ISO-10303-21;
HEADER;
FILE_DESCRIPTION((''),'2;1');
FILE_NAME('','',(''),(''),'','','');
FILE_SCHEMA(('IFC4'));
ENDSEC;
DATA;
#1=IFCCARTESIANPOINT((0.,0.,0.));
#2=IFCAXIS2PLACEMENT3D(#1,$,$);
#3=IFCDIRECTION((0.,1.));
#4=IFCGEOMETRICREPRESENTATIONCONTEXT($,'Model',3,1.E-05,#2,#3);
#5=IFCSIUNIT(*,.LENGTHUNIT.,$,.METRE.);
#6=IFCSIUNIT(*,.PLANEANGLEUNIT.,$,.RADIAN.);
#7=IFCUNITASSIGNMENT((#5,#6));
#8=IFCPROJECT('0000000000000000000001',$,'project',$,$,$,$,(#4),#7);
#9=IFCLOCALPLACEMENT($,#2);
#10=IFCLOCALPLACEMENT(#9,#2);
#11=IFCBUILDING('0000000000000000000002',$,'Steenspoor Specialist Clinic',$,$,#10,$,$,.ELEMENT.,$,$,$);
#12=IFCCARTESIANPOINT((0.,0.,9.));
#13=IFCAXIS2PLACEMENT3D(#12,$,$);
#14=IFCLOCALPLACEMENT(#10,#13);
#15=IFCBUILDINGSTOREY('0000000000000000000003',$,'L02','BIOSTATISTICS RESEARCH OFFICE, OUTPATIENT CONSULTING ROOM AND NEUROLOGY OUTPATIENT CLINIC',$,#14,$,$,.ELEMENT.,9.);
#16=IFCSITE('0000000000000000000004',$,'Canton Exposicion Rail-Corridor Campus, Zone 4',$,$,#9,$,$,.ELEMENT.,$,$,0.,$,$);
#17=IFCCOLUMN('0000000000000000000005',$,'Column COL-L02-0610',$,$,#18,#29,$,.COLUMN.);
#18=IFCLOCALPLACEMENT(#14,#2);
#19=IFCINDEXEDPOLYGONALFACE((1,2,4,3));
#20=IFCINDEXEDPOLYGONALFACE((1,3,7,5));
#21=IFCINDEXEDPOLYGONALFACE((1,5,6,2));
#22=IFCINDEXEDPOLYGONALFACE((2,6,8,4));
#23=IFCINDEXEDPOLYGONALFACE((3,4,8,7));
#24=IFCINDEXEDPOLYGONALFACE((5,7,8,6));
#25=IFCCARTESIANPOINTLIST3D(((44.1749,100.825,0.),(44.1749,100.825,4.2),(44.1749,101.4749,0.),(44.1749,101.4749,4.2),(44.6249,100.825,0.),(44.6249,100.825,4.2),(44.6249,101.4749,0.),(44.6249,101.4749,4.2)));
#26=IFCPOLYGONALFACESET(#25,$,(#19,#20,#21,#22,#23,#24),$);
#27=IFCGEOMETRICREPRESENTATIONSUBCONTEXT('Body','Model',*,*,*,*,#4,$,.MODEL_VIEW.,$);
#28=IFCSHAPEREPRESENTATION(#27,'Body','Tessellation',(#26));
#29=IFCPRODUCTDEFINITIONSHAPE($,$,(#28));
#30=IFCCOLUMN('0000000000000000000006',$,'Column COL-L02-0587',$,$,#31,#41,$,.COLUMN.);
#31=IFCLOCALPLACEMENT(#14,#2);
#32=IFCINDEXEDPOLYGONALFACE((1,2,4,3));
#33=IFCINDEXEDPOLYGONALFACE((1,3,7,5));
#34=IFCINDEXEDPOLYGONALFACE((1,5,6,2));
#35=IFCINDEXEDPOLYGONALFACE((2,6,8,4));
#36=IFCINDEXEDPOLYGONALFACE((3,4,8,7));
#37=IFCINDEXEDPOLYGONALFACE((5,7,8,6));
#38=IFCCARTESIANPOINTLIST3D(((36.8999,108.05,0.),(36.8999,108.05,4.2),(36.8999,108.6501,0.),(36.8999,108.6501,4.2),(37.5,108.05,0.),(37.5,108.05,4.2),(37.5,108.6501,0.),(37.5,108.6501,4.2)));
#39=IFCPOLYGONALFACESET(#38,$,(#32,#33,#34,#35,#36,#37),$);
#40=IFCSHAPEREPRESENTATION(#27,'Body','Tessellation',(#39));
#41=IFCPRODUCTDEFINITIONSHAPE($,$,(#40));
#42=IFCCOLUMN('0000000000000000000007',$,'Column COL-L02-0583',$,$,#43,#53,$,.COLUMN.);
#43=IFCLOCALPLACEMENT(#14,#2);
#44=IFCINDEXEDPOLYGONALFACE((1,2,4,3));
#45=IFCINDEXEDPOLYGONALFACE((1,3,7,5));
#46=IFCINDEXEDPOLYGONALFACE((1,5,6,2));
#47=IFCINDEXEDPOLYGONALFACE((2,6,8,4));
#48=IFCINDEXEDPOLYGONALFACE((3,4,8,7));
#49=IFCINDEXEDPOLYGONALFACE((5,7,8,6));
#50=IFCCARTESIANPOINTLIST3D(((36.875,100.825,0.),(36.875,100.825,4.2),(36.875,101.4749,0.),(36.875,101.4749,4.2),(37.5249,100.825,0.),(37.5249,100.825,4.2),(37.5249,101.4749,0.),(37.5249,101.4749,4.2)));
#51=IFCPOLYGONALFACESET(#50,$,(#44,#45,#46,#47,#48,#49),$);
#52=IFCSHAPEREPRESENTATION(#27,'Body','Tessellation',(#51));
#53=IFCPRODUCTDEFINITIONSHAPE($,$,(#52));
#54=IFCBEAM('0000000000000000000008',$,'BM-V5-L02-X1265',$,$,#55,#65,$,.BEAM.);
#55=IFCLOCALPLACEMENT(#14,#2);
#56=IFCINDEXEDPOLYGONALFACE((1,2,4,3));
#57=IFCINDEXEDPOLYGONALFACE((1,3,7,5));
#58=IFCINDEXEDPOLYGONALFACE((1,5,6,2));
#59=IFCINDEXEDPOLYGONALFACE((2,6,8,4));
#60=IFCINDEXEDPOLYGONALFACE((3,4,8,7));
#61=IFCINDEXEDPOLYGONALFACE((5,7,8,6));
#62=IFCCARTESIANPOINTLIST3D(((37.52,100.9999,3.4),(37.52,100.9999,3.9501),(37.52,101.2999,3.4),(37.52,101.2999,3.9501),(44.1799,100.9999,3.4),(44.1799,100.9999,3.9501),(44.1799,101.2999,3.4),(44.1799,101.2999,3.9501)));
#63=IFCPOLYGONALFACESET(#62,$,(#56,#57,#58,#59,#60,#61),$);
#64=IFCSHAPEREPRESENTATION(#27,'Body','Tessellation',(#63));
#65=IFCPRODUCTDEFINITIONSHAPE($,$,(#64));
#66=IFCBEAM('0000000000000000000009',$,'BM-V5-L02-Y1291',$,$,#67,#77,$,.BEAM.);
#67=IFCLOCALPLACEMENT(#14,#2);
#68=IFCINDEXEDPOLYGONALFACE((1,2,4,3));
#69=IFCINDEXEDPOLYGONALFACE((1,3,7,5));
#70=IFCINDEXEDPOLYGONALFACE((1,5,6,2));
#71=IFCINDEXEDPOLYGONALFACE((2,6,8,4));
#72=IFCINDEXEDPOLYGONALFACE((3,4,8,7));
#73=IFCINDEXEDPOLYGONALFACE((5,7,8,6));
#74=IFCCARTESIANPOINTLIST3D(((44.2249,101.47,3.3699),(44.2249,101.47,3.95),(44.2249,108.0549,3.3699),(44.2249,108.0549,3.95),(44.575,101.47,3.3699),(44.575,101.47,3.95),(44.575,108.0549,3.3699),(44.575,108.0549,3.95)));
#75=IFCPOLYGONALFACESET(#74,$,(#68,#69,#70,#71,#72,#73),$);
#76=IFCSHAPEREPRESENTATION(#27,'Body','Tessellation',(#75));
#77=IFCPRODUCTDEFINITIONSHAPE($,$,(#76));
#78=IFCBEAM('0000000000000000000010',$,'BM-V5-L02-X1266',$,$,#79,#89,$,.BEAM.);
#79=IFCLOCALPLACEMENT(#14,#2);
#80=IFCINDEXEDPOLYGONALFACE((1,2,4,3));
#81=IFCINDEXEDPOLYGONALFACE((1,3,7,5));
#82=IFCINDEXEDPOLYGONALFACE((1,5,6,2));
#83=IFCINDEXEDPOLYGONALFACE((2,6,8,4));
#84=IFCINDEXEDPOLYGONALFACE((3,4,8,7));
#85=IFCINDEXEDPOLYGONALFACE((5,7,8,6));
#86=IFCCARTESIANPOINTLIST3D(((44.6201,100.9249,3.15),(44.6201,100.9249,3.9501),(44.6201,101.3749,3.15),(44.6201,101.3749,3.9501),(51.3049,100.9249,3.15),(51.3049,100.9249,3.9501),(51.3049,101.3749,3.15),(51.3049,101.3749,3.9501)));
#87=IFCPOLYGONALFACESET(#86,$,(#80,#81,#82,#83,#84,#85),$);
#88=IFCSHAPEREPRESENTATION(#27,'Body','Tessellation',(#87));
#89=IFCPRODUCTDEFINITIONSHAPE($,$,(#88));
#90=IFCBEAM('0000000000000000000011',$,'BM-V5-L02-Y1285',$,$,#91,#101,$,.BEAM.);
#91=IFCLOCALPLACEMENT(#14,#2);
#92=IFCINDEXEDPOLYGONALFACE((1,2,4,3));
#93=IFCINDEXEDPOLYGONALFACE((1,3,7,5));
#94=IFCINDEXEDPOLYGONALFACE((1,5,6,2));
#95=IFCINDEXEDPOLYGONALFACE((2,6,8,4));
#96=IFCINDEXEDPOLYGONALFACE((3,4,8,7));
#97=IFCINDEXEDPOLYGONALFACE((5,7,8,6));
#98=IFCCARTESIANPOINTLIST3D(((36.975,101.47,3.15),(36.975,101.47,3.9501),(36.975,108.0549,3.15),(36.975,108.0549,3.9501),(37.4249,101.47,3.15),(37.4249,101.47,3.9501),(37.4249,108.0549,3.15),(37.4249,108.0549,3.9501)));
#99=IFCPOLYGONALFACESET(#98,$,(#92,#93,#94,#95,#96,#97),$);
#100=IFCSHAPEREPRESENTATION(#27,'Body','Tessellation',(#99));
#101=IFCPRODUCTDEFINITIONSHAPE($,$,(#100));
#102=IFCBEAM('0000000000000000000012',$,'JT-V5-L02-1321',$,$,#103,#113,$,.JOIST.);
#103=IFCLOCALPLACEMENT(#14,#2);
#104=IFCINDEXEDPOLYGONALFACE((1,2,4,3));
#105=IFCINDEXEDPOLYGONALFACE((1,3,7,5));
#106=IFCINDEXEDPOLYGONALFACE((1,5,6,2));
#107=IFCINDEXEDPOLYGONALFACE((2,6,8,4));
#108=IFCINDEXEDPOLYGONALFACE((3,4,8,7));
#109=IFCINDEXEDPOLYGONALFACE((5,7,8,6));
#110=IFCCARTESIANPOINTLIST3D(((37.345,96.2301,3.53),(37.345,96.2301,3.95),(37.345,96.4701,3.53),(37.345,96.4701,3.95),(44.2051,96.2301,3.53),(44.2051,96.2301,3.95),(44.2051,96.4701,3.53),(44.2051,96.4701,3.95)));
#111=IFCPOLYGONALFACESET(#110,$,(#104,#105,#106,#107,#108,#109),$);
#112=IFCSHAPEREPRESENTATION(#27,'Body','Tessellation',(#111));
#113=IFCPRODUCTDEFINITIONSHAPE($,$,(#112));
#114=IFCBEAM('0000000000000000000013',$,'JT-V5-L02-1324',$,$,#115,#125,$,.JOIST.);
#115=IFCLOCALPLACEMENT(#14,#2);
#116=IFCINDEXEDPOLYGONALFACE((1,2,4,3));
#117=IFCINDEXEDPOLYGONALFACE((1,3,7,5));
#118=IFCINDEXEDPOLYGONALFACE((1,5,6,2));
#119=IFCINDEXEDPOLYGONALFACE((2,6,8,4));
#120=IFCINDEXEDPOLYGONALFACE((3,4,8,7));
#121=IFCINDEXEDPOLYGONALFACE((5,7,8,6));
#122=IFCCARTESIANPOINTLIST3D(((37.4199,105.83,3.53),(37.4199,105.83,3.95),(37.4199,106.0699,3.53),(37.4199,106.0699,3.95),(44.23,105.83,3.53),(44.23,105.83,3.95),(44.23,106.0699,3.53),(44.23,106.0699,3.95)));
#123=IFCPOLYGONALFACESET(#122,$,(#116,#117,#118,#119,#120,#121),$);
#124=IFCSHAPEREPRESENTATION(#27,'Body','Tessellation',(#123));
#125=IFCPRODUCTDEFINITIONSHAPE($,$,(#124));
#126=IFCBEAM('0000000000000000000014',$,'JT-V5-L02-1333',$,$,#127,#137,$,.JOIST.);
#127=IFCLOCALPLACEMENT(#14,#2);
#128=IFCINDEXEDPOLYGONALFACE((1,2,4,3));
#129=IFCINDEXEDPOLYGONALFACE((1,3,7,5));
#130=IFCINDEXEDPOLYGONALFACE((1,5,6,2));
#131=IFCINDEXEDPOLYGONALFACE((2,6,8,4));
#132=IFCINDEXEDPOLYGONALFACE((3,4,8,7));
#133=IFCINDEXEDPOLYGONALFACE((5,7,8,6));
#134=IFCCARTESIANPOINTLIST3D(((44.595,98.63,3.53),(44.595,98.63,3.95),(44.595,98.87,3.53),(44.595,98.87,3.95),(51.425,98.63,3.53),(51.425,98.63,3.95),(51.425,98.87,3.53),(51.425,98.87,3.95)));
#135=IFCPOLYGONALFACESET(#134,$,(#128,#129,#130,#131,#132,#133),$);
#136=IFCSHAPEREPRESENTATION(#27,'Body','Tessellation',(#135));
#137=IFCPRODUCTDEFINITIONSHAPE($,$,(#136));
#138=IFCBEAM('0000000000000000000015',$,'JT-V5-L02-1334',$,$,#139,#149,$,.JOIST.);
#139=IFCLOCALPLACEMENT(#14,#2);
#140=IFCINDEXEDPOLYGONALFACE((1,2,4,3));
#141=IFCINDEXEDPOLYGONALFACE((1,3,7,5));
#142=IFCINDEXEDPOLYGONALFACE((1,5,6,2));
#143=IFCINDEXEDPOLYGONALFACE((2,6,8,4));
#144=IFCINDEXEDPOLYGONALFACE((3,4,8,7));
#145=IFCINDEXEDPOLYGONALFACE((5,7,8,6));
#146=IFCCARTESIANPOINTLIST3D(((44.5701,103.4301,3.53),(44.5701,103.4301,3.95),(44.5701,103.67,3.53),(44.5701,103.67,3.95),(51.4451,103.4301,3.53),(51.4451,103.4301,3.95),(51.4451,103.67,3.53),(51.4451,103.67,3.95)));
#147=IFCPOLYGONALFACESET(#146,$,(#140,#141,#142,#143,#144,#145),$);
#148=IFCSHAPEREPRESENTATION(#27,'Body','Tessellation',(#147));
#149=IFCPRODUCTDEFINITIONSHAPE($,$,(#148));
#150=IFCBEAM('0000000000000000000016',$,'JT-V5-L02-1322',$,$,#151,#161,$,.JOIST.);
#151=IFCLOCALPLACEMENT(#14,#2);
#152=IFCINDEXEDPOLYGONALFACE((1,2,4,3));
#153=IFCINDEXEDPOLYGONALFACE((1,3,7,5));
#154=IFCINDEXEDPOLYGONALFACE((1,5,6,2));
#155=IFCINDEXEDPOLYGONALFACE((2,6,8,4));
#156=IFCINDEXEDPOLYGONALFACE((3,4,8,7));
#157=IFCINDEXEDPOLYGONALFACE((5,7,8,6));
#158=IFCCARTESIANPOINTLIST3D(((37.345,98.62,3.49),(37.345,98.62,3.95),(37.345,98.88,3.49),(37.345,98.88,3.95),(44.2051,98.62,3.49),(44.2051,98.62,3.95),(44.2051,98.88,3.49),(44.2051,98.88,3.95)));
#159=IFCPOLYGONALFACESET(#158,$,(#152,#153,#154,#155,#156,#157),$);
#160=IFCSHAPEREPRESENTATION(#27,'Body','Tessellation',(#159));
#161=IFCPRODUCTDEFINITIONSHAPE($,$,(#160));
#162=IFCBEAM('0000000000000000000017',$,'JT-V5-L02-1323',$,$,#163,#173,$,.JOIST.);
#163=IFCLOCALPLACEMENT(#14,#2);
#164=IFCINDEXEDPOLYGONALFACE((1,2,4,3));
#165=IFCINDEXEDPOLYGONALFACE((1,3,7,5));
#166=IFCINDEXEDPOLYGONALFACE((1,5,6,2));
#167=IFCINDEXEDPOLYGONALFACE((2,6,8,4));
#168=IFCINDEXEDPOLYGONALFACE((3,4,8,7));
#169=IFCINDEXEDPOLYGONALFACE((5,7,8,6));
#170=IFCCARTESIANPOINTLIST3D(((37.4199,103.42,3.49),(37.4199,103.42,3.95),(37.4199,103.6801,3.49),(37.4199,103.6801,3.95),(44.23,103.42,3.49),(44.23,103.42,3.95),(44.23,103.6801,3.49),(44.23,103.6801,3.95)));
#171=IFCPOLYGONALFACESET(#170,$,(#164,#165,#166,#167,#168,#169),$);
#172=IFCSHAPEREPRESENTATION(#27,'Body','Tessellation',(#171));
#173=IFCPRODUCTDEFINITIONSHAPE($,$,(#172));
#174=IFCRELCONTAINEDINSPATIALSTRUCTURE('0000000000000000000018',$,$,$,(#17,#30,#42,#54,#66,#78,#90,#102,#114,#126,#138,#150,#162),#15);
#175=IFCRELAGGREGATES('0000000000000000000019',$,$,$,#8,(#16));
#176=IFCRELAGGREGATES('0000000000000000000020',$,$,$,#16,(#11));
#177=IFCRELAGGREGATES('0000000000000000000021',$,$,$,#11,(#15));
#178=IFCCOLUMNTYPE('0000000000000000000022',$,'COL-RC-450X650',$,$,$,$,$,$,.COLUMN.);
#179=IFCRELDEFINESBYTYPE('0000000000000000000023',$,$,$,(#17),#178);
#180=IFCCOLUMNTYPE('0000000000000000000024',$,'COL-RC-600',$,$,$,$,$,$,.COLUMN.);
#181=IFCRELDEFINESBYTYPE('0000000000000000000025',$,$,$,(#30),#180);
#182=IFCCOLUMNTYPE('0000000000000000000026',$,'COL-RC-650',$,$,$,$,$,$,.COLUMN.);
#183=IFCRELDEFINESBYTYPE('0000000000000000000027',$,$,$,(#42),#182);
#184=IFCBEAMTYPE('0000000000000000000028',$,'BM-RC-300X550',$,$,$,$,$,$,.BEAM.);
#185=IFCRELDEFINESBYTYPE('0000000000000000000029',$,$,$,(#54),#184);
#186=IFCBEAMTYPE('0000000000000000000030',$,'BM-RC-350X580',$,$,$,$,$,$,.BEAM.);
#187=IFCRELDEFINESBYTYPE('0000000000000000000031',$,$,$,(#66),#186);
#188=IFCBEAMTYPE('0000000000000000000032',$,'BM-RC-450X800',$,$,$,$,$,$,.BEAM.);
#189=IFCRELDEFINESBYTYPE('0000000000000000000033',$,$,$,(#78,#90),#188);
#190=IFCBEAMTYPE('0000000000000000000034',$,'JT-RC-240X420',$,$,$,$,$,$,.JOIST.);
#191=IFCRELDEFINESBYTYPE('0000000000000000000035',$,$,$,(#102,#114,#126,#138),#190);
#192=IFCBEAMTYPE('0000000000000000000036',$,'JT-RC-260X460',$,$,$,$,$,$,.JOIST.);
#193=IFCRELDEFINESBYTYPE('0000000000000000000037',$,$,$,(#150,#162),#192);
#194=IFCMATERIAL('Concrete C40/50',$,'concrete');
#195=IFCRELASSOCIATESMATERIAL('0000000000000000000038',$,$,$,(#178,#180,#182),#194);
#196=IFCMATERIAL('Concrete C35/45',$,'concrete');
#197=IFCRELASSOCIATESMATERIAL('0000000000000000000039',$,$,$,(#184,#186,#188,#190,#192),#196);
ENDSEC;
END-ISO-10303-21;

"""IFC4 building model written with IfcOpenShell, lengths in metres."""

from ifc_helpers import new_model, si_unit, direction, frame, origin, origin_2d, place, context, subcontext, project, spatial, rectangle, extrude, material, material_profile, profile_set, type_object, element, save


model = new_model("IFC4")

# Units and contexts
model_context = context("Model", 3, precision=1e-05, world=origin(), true_north=direction((0.0, 1.0)))
body_context = subcontext(model_context, "Body", "Model", "MODEL_VIEW")
ifc_project = project(units=[si_unit("LENGTHUNIT", "METRE"), si_unit("PLANEANGLEUNIT", "RADIAN")], contexts=[model_context])

# Site, building, storey
site_placement = place(None, origin())
site = spatial("IfcSite", under=ifc_project, at=site_placement, Name="Canton Exposicion Rail-Corridor Campus, Zone 4", CompositionType="ELEMENT", RefElevation=0.0)
building_placement = place(site_placement, origin())
building = spatial("IfcBuilding", under=site, at=building_placement, Name="Steenspoor Specialist Clinic", CompositionType="ELEMENT")
storey_placement = place(building_placement, frame((0.0, 0.0, 9.0)))
storey = spatial("IfcBuildingStorey", under=building, at=storey_placement, Name="L02", Description="BIOSTATISTICS RESEARCH OFFICE, OUTPATIENT CONSULTING ROOM AND NEUROLOGY OUTPATIENT CLINIC", CompositionType="ELEMENT", Elevation=9.0)

# Columns
ifc_material_1 = material(Name="Concrete C40/50", Category="concrete")
ifc_material_profile_1 = material_profile(ifc_material_1, rectangle(XDim=0.45, YDim=0.6499, at=origin_2d()), Name="RC-COL-450X650")
ifc_profile_set_1 = profile_set([ifc_material_profile_1], Name="Concrete C40/50")
column_type_1 = type_object("IfcColumnType", Name="COL-RC-450X650", PredefinedType="COLUMN", material=ifc_profile_set_1)
column_1_placement = place(storey_placement, frame((44.3999, 101.1499, 0.0), z_axis=(0.0, 0.0, 1.0), x_axis=(1.0, 0.0, 0.0)))
element("IfcColumn", 1, at=column_1_placement, inside=storey, type_object=column_type_1, Name="Column COL-L02-0610", PredefinedType="COLUMN", context=body_context, shape_type="SweptSolid", body=[
    extrude(rectangle(XDim=0.45, YDim=0.6499, at=origin_2d()), origin(), (0.0, 0.0, 1.0), 4.2),
])
ifc_material_profile_2 = material_profile(ifc_material_1, rectangle(XDim=0.6001, YDim=0.6001, at=origin_2d()), Name="RC-COL-600X600")
ifc_profile_set_2 = profile_set([ifc_material_profile_2], Name="Concrete C40/50")
column_type_2 = type_object("IfcColumnType", Name="COL-RC-600", PredefinedType="COLUMN", material=ifc_profile_set_2)
column_2_placement = place(storey_placement, frame((37.2, 108.3501, 0.0), z_axis=(0.0, 0.0, 1.0), x_axis=(1.0, 0.0, 0.0)))
element("IfcColumn", 2, at=column_2_placement, inside=storey, type_object=column_type_2, Name="Column COL-L02-0587", PredefinedType="COLUMN", context=body_context, shape_type="SweptSolid", body=[
    extrude(rectangle(XDim=0.6001, YDim=0.6001, at=origin_2d()), origin(), (0.0, 0.0, 1.0), 4.2),
])
ifc_material_profile_3 = material_profile(ifc_material_1, rectangle(XDim=0.6499, YDim=0.6499, at=origin_2d()), Name="RC-COL-650X650")
ifc_profile_set_3 = profile_set([ifc_material_profile_3], Name="Concrete C40/50")
column_type_3 = type_object("IfcColumnType", Name="COL-RC-650", PredefinedType="COLUMN", material=ifc_profile_set_3)
column_3_placement = place(storey_placement, frame((37.2, 101.1499, 0.0), z_axis=(0.0, 0.0, 1.0), x_axis=(1.0, 0.0, 0.0)))
element("IfcColumn", 3, at=column_3_placement, inside=storey, type_object=column_type_3, Name="Column COL-L02-0583", PredefinedType="COLUMN", context=body_context, shape_type="SweptSolid", body=[
    extrude(rectangle(XDim=0.6499, YDim=0.6499, at=origin_2d()), origin(), (0.0, 0.0, 1.0), 4.2),
])

# Beams
ifc_material_2 = material(Name="Concrete C35/45", Category="concrete")
ifc_material_profile_4 = material_profile(ifc_material_2, rectangle(XDim=0.3, YDim=0.55, at=origin_2d()), Name="RC-BM-300X550")
ifc_profile_set_4 = profile_set([ifc_material_profile_4], Name="Concrete C35/45")
beam_type_1 = type_object("IfcBeamType", Name="BM-RC-300X550", PredefinedType="BEAM", material=ifc_profile_set_4)
beam_1_placement = place(storey_placement, frame((37.52, 101.1499, 3.675), z_axis=(1.0, 0.0, 0.0), x_axis=(0.0, 1.0, 0.0)))
element("IfcBeam", 4, at=beam_1_placement, inside=storey, type_object=beam_type_1, Name="BM-V5-L02-X1265", PredefinedType="BEAM", context=body_context, shape_type="SweptSolid", body=[
    extrude(rectangle(XDim=0.3, YDim=0.55, at=origin_2d()), origin(), (0.0, 0.0, 1.0), 6.6599),
])
ifc_material_profile_5 = material_profile(ifc_material_2, rectangle(XDim=0.3501, YDim=0.5801, at=origin_2d()), Name="RC-BM-350X580")
ifc_profile_set_5 = profile_set([ifc_material_profile_5], Name="Concrete C35/45")
beam_type_2 = type_object("IfcBeamType", Name="BM-RC-350X580", PredefinedType="BEAM", material=ifc_profile_set_5)
beam_2_placement = place(storey_placement, frame((44.3999, 101.47, 3.6599), z_axis=(0.0, 1.0, 0.0), x_axis=(-1.0, 0.0, 0.0)))
element("IfcBeam", 5, at=beam_2_placement, inside=storey, type_object=beam_type_2, Name="BM-V5-L02-Y1291", PredefinedType="BEAM", context=body_context, shape_type="SweptSolid", body=[
    extrude(rectangle(XDim=0.3501, YDim=0.5801, at=origin_2d()), origin(), (0.0, 0.0, 1.0), 6.585),
])
ifc_material_profile_6 = material_profile(ifc_material_2, rectangle(XDim=0.45, YDim=0.8, at=origin_2d()), Name="RC-BM-450X800")
ifc_profile_set_6 = profile_set([ifc_material_profile_6], Name="Concrete C35/45")
beam_type_3 = type_object("IfcBeamType", Name="BM-RC-450X800", PredefinedType="BEAM", material=ifc_profile_set_6)
beam_3_placement = place(storey_placement, frame((44.6201, 101.1499, 3.55), z_axis=(1.0, 0.0, 0.0), x_axis=(0.0, 1.0, 0.0)))
element("IfcBeam", 6, at=beam_3_placement, inside=storey, type_object=beam_type_3, Name="BM-V5-L02-X1266", PredefinedType="BEAM", context=body_context, shape_type="SweptSolid", body=[
    extrude(rectangle(XDim=0.45, YDim=0.8, at=origin_2d()), origin(), (0.0, 0.0, 1.0), 6.6848),
])
beam_4_placement = place(storey_placement, frame((37.2, 101.47, 3.55), z_axis=(0.0, 1.0, 0.0), x_axis=(-1.0, 0.0, 0.0)))
element("IfcBeam", 7, at=beam_4_placement, inside=storey, type_object=beam_type_3, Name="BM-V5-L02-Y1285", PredefinedType="BEAM", context=body_context, shape_type="SweptSolid", body=[
    extrude(rectangle(XDim=0.45, YDim=0.8, at=origin_2d()), origin(), (0.0, 0.0, 1.0), 6.585),
])
ifc_material_profile_7 = material_profile(ifc_material_2, rectangle(XDim=0.24, YDim=0.4199, at=origin_2d()), Name="RC-JT-240X420")
ifc_profile_set_7 = profile_set([ifc_material_profile_7], Name="Concrete C35/45")
beam_type_4 = type_object("IfcBeamType", Name="JT-RC-240X420", PredefinedType="JOIST", material=ifc_profile_set_7)
beam_5_placement = place(storey_placement, frame((37.345, 96.3501, 3.74), z_axis=(1.0, 0.0, 0.0), x_axis=(0.0, 1.0, 0.0)))
element("IfcBeam", 8, at=beam_5_placement, inside=storey, type_object=beam_type_4, Name="JT-V5-L02-1321", PredefinedType="JOIST", context=body_context, shape_type="SweptSolid", body=[
    extrude(rectangle(XDim=0.24, YDim=0.4199, at=origin_2d()), origin(), (0.0, 0.0, 1.0), 6.8601),
])
beam_6_placement = place(storey_placement, frame((37.4199, 105.95, 3.74), z_axis=(1.0, 0.0, 0.0), x_axis=(0.0, 1.0, 0.0)))
element("IfcBeam", 9, at=beam_6_placement, inside=storey, type_object=beam_type_4, Name="JT-V5-L02-1324", PredefinedType="JOIST", context=body_context, shape_type="SweptSolid", body=[
    extrude(rectangle(XDim=0.24, YDim=0.4199, at=origin_2d()), origin(), (0.0, 0.0, 1.0), 6.8101),
])
beam_7_placement = place(storey_placement, frame((44.595, 98.75, 3.74), z_axis=(1.0, 0.0, 0.0), x_axis=(0.0, 1.0, 0.0)))
element("IfcBeam", 10, at=beam_7_placement, inside=storey, type_object=beam_type_4, Name="JT-V5-L02-1333", PredefinedType="JOIST", context=body_context, shape_type="SweptSolid", body=[
    extrude(rectangle(XDim=0.24, YDim=0.4199, at=origin_2d()), origin(), (0.0, 0.0, 1.0), 6.8301),
])
beam_8_placement = place(storey_placement, frame((44.5701, 103.55, 3.74), z_axis=(1.0, 0.0, 0.0), x_axis=(0.0, 1.0, 0.0)))
element("IfcBeam", 11, at=beam_8_placement, inside=storey, type_object=beam_type_4, Name="JT-V5-L02-1334", PredefinedType="JOIST", context=body_context, shape_type="SweptSolid", body=[
    extrude(rectangle(XDim=0.24, YDim=0.4199, at=origin_2d()), origin(), (0.0, 0.0, 1.0), 6.875),
])
ifc_material_profile_8 = material_profile(ifc_material_2, rectangle(XDim=0.26, YDim=0.46, at=origin_2d()), Name="RC-JT-260X460")
ifc_profile_set_8 = profile_set([ifc_material_profile_8], Name="Concrete C35/45")
beam_type_5 = type_object("IfcBeamType", Name="JT-RC-260X460", PredefinedType="JOIST", material=ifc_profile_set_8)
beam_9_placement = place(storey_placement, frame((37.345, 98.75, 3.72), z_axis=(1.0, 0.0, 0.0), x_axis=(0.0, 1.0, 0.0)))
element("IfcBeam", 12, at=beam_9_placement, inside=storey, type_object=beam_type_5, Name="JT-V5-L02-1322", PredefinedType="JOIST", context=body_context, shape_type="SweptSolid", body=[
    extrude(rectangle(XDim=0.26, YDim=0.46, at=origin_2d()), origin(), (0.0, 0.0, 1.0), 6.8601),
])
beam_10_placement = place(storey_placement, frame((37.4199, 103.55, 3.72), z_axis=(1.0, 0.0, 0.0), x_axis=(0.0, 1.0, 0.0)))
element("IfcBeam", 13, at=beam_10_placement, inside=storey, type_object=beam_type_5, Name="JT-V5-L02-1323", PredefinedType="JOIST", context=body_context, shape_type="SweptSolid", body=[
    extrude(rectangle(XDim=0.26, YDim=0.46, at=origin_2d()), origin(), (0.0, 0.0, 1.0), 6.8101),
])

save(model, "model.ifc")
